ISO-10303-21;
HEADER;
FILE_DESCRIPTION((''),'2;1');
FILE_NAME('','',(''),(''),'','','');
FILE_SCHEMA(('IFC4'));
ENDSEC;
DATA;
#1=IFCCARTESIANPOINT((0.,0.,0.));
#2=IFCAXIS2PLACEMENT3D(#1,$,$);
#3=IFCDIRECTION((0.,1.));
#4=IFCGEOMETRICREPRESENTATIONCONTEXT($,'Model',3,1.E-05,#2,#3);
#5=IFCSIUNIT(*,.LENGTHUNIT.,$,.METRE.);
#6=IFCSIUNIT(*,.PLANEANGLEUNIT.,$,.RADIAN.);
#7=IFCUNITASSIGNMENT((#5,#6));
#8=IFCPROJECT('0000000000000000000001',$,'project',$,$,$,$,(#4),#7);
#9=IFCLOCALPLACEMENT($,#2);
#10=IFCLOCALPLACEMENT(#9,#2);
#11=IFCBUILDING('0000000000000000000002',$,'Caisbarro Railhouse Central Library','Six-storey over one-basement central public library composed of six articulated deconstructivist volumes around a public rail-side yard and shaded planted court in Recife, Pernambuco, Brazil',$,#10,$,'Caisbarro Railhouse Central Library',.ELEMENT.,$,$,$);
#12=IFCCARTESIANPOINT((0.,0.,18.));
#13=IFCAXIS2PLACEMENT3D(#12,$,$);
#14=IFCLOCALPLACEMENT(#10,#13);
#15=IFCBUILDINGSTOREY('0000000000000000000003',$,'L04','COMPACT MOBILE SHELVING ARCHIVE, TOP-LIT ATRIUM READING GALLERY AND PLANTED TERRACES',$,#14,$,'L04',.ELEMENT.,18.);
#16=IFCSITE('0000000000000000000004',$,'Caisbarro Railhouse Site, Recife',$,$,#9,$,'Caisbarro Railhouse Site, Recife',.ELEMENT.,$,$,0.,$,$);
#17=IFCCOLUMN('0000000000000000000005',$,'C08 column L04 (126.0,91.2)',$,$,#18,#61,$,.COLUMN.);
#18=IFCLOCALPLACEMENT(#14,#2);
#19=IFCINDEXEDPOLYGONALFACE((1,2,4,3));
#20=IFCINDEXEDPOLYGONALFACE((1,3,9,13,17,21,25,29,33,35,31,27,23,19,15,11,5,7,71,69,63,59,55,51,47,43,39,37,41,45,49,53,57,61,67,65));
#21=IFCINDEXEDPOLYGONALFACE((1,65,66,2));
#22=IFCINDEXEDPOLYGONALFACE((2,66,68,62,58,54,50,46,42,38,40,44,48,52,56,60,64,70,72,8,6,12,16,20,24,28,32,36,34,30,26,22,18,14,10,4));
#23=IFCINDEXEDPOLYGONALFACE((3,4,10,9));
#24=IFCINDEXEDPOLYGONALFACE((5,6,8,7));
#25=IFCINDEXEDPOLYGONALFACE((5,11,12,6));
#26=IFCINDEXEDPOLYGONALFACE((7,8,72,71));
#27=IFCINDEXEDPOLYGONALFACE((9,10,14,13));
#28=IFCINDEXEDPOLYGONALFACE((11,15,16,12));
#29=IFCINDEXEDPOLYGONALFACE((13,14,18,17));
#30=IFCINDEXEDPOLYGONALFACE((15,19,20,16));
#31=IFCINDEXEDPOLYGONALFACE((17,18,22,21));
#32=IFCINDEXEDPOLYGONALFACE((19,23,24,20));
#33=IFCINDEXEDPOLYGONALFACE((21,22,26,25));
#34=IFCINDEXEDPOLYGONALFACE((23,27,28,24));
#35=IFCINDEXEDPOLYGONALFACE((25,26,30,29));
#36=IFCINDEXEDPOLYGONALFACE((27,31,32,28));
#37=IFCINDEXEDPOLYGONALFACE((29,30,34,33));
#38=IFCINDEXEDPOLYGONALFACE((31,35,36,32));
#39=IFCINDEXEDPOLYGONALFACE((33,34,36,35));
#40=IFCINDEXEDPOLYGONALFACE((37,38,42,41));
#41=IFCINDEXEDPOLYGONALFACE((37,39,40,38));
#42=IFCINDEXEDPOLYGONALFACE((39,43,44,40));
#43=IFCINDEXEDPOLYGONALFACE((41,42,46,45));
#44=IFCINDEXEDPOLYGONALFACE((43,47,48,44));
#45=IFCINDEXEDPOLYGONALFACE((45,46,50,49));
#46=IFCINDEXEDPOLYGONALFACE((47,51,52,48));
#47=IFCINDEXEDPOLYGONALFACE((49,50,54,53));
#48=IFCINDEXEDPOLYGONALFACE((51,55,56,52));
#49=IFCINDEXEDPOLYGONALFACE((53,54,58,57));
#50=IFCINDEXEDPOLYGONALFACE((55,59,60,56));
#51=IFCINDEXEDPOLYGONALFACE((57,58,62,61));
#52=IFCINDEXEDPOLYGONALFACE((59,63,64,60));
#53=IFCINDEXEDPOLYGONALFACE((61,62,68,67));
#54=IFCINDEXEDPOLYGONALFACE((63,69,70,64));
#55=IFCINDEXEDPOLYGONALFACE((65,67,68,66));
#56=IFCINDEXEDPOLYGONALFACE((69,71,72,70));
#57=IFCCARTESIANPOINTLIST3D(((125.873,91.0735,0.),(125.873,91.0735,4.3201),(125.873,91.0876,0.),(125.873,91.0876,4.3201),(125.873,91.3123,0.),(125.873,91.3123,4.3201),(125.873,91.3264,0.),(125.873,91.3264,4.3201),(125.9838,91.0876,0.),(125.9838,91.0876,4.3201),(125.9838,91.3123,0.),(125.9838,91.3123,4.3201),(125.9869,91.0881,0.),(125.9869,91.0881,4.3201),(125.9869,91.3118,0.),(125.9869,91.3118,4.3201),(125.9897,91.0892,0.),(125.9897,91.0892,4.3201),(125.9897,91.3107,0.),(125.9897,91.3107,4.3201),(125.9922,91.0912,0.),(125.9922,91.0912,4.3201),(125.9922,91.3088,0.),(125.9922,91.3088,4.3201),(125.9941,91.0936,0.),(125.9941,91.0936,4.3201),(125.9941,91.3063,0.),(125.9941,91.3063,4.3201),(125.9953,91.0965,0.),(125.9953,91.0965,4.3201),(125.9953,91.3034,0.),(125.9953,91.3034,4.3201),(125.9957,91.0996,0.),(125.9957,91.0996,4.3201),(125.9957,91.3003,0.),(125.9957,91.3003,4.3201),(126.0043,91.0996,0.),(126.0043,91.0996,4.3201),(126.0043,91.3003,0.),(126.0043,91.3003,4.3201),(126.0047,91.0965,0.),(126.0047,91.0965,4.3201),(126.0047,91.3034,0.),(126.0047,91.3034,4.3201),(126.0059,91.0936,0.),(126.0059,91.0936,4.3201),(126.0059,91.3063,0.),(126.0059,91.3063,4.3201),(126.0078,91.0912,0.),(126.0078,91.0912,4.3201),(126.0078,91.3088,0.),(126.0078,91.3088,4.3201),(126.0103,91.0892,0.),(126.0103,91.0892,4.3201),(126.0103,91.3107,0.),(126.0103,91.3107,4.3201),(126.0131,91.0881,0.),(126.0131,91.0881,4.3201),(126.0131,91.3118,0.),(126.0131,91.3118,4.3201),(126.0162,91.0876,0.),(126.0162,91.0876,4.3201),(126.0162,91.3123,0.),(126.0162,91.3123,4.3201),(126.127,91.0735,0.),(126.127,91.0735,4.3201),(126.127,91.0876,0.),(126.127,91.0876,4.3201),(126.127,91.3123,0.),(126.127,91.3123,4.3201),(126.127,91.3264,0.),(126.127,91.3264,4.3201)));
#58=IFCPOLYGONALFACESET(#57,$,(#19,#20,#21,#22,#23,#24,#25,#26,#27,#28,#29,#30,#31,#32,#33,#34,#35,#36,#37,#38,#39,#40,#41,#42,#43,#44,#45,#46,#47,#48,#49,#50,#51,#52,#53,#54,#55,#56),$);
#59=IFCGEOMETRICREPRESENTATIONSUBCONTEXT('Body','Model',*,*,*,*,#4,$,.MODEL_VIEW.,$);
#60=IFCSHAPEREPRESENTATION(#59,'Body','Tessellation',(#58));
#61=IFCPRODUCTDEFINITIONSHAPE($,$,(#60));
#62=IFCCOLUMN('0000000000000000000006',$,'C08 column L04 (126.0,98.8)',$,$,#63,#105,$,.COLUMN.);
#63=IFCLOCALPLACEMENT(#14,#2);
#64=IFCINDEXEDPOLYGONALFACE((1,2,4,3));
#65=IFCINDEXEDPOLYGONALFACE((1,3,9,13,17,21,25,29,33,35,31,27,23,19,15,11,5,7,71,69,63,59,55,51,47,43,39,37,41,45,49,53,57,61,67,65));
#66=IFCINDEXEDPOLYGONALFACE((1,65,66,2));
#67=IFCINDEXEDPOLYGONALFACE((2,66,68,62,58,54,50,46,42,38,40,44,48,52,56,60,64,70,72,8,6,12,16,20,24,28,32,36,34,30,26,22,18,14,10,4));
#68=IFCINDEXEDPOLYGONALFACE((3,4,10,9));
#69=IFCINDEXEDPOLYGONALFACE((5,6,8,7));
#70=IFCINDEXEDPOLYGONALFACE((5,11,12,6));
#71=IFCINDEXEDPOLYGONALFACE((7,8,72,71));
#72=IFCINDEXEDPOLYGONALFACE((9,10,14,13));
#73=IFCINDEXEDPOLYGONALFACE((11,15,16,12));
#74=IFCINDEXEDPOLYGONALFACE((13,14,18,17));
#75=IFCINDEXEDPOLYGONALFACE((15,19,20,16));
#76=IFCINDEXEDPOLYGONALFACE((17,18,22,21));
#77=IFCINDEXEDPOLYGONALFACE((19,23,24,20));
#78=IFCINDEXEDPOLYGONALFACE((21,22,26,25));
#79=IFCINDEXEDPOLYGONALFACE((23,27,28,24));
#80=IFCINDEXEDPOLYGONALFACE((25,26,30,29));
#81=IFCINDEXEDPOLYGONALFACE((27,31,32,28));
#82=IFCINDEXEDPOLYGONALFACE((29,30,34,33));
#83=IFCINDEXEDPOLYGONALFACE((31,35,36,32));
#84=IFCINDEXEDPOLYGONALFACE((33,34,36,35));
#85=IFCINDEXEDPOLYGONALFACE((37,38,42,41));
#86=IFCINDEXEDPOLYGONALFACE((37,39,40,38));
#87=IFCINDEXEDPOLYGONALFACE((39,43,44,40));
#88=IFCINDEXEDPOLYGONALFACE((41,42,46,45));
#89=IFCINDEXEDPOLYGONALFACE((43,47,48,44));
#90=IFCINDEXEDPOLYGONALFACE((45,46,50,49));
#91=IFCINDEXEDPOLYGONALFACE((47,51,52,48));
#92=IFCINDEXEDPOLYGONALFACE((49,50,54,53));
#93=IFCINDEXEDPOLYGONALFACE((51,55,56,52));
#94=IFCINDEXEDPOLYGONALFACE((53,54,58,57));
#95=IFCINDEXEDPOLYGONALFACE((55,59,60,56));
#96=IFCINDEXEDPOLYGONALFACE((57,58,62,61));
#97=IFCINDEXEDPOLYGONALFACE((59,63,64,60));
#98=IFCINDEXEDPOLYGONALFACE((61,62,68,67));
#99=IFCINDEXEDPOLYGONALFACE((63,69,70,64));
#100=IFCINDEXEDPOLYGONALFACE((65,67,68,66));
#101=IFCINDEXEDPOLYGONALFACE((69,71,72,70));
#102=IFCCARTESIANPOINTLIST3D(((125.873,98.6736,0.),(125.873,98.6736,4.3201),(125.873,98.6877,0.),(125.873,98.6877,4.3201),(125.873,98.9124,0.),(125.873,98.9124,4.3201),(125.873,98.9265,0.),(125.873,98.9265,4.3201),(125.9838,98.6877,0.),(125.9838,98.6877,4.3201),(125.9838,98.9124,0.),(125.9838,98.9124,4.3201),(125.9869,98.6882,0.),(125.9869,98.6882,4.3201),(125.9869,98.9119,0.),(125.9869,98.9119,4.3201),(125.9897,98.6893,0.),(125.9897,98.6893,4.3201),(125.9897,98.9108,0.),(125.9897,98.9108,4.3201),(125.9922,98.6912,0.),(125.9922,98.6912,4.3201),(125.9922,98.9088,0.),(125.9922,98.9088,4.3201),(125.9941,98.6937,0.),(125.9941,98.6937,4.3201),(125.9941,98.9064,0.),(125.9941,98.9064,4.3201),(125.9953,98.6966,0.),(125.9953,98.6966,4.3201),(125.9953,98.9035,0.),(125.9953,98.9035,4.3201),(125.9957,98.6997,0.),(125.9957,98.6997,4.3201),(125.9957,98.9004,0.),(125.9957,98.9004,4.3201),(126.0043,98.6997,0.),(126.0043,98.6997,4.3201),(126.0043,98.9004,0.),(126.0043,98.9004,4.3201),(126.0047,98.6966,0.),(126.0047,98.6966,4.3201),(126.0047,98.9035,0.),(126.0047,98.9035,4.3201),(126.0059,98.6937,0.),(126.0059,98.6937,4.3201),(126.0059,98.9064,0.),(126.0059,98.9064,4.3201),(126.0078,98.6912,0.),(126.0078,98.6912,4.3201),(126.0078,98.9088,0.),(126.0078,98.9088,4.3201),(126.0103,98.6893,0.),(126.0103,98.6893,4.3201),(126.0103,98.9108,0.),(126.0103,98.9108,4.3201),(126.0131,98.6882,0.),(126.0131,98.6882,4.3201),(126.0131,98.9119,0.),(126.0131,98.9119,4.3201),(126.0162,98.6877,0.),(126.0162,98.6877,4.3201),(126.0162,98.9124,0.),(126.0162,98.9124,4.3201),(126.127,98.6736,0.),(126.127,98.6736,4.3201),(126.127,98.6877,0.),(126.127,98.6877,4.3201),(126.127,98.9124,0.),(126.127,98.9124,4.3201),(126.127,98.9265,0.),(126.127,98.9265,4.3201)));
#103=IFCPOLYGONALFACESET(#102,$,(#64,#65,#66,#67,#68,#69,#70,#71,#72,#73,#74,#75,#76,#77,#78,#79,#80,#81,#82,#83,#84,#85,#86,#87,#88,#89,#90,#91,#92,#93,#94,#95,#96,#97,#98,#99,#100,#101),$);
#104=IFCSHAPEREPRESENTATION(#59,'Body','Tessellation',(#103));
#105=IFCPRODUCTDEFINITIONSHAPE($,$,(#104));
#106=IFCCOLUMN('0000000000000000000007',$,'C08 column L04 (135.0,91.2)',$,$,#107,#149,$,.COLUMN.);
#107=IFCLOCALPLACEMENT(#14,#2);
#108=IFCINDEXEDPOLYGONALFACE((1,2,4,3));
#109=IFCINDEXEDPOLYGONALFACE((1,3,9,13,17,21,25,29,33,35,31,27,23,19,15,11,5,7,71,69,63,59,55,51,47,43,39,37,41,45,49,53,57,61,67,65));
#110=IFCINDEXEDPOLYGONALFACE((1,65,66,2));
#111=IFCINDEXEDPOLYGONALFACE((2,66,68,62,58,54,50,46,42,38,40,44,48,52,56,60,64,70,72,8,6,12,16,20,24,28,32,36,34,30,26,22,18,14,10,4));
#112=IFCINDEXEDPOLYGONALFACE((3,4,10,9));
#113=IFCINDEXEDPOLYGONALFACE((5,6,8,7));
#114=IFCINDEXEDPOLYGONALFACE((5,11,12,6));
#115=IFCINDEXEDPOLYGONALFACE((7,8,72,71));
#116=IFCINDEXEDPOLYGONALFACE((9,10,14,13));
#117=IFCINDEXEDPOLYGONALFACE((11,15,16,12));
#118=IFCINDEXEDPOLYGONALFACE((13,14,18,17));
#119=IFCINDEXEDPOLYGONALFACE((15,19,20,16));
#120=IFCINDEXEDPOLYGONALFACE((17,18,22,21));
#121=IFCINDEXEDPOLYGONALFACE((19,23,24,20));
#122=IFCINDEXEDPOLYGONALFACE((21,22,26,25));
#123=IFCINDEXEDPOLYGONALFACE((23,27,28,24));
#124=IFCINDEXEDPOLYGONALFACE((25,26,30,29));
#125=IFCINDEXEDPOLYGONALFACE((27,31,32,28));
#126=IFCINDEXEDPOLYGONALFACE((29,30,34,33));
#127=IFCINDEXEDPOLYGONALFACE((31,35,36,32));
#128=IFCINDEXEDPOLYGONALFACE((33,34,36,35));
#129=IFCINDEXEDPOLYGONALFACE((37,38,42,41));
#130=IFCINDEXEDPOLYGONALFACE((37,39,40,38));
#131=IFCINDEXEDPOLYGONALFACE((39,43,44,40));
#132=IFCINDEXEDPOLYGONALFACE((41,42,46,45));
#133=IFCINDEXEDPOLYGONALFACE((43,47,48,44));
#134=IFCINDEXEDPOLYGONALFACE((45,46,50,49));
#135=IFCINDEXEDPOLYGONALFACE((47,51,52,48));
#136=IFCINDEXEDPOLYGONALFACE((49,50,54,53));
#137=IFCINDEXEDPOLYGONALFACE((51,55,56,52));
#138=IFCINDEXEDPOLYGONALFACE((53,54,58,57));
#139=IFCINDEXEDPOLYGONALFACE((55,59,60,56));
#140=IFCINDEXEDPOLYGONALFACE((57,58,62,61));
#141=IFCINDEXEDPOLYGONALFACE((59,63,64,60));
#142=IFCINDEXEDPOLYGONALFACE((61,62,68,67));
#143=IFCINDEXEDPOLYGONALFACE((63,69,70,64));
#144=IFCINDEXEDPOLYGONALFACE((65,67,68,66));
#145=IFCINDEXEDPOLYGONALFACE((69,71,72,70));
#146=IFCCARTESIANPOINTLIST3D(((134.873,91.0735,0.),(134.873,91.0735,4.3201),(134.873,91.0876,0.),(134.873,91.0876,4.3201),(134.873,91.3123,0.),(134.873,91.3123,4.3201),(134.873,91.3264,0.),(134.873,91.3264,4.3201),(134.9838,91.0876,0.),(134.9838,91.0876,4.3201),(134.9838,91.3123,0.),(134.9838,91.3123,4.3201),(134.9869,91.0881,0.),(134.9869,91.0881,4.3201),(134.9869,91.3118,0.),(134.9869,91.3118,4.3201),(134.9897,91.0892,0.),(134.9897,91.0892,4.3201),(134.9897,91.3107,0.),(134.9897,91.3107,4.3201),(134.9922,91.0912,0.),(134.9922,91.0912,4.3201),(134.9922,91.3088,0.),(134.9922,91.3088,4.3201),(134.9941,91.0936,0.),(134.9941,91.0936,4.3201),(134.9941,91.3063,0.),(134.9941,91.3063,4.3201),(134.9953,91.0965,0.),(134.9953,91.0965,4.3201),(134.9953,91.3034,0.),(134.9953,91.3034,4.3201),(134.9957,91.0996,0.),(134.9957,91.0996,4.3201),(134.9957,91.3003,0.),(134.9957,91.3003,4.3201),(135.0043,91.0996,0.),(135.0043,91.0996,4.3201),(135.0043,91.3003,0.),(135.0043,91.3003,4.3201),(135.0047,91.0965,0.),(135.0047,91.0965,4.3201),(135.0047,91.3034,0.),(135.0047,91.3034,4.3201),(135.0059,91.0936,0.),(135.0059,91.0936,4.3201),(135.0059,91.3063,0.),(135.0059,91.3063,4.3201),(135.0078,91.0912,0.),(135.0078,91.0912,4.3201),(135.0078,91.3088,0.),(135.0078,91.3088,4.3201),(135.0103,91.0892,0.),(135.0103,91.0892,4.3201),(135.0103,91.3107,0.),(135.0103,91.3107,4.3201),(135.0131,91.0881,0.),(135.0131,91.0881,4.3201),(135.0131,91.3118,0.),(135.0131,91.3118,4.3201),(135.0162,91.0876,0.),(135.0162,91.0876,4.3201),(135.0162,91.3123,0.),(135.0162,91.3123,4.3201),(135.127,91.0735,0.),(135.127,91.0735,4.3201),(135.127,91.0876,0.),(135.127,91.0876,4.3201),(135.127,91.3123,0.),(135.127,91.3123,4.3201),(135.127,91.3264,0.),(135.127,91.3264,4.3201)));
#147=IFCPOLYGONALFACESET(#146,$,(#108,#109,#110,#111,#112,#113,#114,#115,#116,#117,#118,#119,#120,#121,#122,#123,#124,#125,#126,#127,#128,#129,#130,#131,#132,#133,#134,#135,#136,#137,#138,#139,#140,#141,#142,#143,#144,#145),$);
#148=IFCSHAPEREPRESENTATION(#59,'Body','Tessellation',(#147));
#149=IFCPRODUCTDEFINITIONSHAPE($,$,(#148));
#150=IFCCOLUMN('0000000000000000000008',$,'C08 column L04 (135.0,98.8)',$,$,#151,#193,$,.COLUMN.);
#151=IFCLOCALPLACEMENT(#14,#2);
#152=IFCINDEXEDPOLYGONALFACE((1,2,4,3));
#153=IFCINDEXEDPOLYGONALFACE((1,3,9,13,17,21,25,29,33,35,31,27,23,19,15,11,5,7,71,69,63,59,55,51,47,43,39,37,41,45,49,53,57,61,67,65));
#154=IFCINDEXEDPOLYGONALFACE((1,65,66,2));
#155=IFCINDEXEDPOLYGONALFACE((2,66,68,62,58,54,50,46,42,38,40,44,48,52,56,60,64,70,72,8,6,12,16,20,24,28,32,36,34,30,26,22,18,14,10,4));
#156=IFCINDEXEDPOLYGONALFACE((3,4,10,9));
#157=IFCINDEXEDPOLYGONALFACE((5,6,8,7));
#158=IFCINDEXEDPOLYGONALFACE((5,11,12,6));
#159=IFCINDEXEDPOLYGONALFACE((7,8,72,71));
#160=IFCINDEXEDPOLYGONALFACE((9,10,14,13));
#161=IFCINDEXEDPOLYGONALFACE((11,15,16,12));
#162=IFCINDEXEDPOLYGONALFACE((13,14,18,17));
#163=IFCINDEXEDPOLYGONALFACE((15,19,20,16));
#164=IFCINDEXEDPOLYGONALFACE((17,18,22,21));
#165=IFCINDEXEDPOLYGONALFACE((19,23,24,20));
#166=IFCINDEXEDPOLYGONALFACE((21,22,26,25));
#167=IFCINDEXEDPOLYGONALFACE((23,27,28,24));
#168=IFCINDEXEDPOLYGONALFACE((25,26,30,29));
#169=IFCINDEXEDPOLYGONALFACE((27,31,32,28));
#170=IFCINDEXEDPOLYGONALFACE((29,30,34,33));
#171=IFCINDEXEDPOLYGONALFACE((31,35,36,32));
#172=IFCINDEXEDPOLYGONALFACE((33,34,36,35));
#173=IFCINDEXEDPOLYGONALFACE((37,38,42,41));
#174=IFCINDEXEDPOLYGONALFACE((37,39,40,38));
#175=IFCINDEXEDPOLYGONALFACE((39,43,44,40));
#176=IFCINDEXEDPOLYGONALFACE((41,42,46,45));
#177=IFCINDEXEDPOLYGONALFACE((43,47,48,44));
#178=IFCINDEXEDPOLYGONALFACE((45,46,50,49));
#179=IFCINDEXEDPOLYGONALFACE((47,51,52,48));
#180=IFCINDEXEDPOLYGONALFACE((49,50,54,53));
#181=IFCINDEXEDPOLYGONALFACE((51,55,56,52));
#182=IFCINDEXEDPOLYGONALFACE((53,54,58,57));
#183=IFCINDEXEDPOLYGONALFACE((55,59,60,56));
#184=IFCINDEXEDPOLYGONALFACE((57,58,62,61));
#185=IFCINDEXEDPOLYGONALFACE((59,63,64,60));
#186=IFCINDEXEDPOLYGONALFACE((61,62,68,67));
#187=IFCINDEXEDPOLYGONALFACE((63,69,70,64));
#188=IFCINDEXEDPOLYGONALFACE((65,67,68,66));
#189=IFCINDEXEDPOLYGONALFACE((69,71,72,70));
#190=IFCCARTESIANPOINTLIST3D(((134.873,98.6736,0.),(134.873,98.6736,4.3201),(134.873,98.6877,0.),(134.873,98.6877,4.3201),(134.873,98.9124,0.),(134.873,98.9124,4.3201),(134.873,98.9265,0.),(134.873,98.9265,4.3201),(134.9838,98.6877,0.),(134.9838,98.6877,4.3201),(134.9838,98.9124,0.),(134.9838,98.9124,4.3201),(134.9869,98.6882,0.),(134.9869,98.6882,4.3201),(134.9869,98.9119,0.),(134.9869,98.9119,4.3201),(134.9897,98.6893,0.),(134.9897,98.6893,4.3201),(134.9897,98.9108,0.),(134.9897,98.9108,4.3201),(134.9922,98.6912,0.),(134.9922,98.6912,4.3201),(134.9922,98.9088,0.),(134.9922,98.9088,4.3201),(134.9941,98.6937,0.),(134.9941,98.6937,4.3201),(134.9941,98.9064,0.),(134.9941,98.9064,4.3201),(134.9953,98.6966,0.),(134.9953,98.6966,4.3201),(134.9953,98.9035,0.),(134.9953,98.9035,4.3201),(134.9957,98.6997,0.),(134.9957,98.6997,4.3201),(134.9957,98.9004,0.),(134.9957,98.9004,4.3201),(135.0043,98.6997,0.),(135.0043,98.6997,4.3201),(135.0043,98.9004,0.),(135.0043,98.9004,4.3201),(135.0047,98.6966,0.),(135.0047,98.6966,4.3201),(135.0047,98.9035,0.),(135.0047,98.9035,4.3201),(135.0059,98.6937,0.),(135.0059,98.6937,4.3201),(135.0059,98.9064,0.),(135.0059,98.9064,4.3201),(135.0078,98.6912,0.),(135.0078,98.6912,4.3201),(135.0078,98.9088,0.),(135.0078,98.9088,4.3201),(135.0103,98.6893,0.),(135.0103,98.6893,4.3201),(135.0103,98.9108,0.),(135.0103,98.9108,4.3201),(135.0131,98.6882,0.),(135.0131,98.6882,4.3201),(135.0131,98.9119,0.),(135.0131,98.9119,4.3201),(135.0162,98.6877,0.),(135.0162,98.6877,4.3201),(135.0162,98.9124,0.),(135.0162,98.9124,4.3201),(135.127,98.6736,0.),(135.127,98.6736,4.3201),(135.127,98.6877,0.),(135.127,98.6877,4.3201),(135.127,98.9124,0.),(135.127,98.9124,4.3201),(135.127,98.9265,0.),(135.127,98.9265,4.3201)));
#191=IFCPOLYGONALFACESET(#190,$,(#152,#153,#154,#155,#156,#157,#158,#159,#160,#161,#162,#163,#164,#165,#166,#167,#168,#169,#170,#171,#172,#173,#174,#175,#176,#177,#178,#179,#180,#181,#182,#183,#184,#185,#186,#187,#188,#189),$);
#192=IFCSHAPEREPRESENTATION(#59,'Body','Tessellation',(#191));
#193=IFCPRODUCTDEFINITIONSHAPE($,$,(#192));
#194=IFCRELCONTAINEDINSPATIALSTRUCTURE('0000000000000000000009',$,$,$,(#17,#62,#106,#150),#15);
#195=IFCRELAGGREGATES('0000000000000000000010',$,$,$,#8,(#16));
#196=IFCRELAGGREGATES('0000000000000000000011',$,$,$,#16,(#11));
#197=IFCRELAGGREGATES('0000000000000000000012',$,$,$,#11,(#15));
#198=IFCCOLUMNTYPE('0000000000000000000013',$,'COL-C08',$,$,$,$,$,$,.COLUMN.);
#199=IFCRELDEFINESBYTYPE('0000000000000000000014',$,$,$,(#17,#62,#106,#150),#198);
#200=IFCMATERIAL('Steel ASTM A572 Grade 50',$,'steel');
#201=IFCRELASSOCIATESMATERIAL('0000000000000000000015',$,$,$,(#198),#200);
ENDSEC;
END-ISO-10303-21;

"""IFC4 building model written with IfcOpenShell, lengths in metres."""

from ifc_helpers import new_model, si_unit, direction, frame, origin, origin_2d, place, context, subcontext, project, spatial, i_section, extrude, material, material_profile, profile_set, type_object, element, save


model = new_model("IFC4")

# Units and contexts
model_context = context("Model", 3, precision=1e-05, world=origin(), true_north=direction((0.0, 1.0)))
body_context = subcontext(model_context, "Body", "Model", "MODEL_VIEW")
ifc_project = project(units=[si_unit("LENGTHUNIT", "METRE"), si_unit("PLANEANGLEUNIT", "RADIAN")], contexts=[model_context])

# Site, building, storey
site_placement = place(None, origin())
site = spatial("IfcSite", under=ifc_project, at=site_placement, Name="Caisbarro Railhouse Site, Recife", LongName="Caisbarro Railhouse Site, Recife", CompositionType="ELEMENT", RefElevation=0.0)
building_placement = place(site_placement, origin())
building = spatial("IfcBuilding", under=site, at=building_placement, Name="Caisbarro Railhouse Central Library", Description="Six-storey over one-basement central public library composed of six articulated deconstructivist volumes around a public rail-side yard and shaded planted court in Recife, Pernambuco, Brazil", LongName="Caisbarro Railhouse Central Library", CompositionType="ELEMENT")
storey_placement = place(building_placement, frame((0.0, 0.0, 18.0)))
storey = spatial("IfcBuildingStorey", under=building, at=storey_placement, Name="L04", Description="COMPACT MOBILE SHELVING ARCHIVE, TOP-LIT ATRIUM READING GALLERY AND PLANTED TERRACES", LongName="L04", CompositionType="ELEMENT", Elevation=18.0)

# Columns
ifc_material_1 = material(Name="Steel ASTM A572 Grade 50", Category="steel")
ifc_material_profile_1 = material_profile(ifc_material_1, i_section(OverallWidth=0.2539, OverallDepth=0.2529, WebThickness=0.0085, FlangeThickness=0.0142, FilletRadius=0.012, at=origin_2d()), Name="W250X73.0")
ifc_profile_set_1 = profile_set([ifc_material_profile_1], Name="Steel ASTM A572 Grade 50")
column_type = type_object("IfcColumnType", Name="COL-C08", PredefinedType="COLUMN", material=ifc_profile_set_1)
for number, where, z_axis, x_axis, name in (
    (1, (126.0, 91.2, 0.0), (0.0, 0.0, 1.0), (1.0, 0.0, 0.0), "C08 column L04 (126.0,91.2)"),
    (2, (126.0, 98.8, 0.0), (0.0, 0.0, 1.0), (1.0, 0.0, 0.0), "C08 column L04 (126.0,98.8)"),
    (3, (135.0, 91.2, 0.0), (0.0, 0.0, 1.0), (1.0, 0.0, 0.0), "C08 column L04 (135.0,91.2)"),
    (4, (135.0, 98.8, 0.0), (0.0, 0.0, 1.0), (1.0, 0.0, 0.0), "C08 column L04 (135.0,98.8)"),
):
    element("IfcColumn", number, at=place(storey_placement, frame(where, z_axis=z_axis, x_axis=x_axis)), inside=storey, type_object=column_type, Name=name, PredefinedType="COLUMN", context=body_context, shape_type="SweptSolid", body=[
        extrude(i_section(OverallWidth=0.2539, OverallDepth=0.2529, WebThickness=0.0085, FlangeThickness=0.0142, FilletRadius=0.012, at=origin_2d()), origin(), (0.0, 0.0, 1.0), 4.3201),
    ])

save(model, "model.ifc")
